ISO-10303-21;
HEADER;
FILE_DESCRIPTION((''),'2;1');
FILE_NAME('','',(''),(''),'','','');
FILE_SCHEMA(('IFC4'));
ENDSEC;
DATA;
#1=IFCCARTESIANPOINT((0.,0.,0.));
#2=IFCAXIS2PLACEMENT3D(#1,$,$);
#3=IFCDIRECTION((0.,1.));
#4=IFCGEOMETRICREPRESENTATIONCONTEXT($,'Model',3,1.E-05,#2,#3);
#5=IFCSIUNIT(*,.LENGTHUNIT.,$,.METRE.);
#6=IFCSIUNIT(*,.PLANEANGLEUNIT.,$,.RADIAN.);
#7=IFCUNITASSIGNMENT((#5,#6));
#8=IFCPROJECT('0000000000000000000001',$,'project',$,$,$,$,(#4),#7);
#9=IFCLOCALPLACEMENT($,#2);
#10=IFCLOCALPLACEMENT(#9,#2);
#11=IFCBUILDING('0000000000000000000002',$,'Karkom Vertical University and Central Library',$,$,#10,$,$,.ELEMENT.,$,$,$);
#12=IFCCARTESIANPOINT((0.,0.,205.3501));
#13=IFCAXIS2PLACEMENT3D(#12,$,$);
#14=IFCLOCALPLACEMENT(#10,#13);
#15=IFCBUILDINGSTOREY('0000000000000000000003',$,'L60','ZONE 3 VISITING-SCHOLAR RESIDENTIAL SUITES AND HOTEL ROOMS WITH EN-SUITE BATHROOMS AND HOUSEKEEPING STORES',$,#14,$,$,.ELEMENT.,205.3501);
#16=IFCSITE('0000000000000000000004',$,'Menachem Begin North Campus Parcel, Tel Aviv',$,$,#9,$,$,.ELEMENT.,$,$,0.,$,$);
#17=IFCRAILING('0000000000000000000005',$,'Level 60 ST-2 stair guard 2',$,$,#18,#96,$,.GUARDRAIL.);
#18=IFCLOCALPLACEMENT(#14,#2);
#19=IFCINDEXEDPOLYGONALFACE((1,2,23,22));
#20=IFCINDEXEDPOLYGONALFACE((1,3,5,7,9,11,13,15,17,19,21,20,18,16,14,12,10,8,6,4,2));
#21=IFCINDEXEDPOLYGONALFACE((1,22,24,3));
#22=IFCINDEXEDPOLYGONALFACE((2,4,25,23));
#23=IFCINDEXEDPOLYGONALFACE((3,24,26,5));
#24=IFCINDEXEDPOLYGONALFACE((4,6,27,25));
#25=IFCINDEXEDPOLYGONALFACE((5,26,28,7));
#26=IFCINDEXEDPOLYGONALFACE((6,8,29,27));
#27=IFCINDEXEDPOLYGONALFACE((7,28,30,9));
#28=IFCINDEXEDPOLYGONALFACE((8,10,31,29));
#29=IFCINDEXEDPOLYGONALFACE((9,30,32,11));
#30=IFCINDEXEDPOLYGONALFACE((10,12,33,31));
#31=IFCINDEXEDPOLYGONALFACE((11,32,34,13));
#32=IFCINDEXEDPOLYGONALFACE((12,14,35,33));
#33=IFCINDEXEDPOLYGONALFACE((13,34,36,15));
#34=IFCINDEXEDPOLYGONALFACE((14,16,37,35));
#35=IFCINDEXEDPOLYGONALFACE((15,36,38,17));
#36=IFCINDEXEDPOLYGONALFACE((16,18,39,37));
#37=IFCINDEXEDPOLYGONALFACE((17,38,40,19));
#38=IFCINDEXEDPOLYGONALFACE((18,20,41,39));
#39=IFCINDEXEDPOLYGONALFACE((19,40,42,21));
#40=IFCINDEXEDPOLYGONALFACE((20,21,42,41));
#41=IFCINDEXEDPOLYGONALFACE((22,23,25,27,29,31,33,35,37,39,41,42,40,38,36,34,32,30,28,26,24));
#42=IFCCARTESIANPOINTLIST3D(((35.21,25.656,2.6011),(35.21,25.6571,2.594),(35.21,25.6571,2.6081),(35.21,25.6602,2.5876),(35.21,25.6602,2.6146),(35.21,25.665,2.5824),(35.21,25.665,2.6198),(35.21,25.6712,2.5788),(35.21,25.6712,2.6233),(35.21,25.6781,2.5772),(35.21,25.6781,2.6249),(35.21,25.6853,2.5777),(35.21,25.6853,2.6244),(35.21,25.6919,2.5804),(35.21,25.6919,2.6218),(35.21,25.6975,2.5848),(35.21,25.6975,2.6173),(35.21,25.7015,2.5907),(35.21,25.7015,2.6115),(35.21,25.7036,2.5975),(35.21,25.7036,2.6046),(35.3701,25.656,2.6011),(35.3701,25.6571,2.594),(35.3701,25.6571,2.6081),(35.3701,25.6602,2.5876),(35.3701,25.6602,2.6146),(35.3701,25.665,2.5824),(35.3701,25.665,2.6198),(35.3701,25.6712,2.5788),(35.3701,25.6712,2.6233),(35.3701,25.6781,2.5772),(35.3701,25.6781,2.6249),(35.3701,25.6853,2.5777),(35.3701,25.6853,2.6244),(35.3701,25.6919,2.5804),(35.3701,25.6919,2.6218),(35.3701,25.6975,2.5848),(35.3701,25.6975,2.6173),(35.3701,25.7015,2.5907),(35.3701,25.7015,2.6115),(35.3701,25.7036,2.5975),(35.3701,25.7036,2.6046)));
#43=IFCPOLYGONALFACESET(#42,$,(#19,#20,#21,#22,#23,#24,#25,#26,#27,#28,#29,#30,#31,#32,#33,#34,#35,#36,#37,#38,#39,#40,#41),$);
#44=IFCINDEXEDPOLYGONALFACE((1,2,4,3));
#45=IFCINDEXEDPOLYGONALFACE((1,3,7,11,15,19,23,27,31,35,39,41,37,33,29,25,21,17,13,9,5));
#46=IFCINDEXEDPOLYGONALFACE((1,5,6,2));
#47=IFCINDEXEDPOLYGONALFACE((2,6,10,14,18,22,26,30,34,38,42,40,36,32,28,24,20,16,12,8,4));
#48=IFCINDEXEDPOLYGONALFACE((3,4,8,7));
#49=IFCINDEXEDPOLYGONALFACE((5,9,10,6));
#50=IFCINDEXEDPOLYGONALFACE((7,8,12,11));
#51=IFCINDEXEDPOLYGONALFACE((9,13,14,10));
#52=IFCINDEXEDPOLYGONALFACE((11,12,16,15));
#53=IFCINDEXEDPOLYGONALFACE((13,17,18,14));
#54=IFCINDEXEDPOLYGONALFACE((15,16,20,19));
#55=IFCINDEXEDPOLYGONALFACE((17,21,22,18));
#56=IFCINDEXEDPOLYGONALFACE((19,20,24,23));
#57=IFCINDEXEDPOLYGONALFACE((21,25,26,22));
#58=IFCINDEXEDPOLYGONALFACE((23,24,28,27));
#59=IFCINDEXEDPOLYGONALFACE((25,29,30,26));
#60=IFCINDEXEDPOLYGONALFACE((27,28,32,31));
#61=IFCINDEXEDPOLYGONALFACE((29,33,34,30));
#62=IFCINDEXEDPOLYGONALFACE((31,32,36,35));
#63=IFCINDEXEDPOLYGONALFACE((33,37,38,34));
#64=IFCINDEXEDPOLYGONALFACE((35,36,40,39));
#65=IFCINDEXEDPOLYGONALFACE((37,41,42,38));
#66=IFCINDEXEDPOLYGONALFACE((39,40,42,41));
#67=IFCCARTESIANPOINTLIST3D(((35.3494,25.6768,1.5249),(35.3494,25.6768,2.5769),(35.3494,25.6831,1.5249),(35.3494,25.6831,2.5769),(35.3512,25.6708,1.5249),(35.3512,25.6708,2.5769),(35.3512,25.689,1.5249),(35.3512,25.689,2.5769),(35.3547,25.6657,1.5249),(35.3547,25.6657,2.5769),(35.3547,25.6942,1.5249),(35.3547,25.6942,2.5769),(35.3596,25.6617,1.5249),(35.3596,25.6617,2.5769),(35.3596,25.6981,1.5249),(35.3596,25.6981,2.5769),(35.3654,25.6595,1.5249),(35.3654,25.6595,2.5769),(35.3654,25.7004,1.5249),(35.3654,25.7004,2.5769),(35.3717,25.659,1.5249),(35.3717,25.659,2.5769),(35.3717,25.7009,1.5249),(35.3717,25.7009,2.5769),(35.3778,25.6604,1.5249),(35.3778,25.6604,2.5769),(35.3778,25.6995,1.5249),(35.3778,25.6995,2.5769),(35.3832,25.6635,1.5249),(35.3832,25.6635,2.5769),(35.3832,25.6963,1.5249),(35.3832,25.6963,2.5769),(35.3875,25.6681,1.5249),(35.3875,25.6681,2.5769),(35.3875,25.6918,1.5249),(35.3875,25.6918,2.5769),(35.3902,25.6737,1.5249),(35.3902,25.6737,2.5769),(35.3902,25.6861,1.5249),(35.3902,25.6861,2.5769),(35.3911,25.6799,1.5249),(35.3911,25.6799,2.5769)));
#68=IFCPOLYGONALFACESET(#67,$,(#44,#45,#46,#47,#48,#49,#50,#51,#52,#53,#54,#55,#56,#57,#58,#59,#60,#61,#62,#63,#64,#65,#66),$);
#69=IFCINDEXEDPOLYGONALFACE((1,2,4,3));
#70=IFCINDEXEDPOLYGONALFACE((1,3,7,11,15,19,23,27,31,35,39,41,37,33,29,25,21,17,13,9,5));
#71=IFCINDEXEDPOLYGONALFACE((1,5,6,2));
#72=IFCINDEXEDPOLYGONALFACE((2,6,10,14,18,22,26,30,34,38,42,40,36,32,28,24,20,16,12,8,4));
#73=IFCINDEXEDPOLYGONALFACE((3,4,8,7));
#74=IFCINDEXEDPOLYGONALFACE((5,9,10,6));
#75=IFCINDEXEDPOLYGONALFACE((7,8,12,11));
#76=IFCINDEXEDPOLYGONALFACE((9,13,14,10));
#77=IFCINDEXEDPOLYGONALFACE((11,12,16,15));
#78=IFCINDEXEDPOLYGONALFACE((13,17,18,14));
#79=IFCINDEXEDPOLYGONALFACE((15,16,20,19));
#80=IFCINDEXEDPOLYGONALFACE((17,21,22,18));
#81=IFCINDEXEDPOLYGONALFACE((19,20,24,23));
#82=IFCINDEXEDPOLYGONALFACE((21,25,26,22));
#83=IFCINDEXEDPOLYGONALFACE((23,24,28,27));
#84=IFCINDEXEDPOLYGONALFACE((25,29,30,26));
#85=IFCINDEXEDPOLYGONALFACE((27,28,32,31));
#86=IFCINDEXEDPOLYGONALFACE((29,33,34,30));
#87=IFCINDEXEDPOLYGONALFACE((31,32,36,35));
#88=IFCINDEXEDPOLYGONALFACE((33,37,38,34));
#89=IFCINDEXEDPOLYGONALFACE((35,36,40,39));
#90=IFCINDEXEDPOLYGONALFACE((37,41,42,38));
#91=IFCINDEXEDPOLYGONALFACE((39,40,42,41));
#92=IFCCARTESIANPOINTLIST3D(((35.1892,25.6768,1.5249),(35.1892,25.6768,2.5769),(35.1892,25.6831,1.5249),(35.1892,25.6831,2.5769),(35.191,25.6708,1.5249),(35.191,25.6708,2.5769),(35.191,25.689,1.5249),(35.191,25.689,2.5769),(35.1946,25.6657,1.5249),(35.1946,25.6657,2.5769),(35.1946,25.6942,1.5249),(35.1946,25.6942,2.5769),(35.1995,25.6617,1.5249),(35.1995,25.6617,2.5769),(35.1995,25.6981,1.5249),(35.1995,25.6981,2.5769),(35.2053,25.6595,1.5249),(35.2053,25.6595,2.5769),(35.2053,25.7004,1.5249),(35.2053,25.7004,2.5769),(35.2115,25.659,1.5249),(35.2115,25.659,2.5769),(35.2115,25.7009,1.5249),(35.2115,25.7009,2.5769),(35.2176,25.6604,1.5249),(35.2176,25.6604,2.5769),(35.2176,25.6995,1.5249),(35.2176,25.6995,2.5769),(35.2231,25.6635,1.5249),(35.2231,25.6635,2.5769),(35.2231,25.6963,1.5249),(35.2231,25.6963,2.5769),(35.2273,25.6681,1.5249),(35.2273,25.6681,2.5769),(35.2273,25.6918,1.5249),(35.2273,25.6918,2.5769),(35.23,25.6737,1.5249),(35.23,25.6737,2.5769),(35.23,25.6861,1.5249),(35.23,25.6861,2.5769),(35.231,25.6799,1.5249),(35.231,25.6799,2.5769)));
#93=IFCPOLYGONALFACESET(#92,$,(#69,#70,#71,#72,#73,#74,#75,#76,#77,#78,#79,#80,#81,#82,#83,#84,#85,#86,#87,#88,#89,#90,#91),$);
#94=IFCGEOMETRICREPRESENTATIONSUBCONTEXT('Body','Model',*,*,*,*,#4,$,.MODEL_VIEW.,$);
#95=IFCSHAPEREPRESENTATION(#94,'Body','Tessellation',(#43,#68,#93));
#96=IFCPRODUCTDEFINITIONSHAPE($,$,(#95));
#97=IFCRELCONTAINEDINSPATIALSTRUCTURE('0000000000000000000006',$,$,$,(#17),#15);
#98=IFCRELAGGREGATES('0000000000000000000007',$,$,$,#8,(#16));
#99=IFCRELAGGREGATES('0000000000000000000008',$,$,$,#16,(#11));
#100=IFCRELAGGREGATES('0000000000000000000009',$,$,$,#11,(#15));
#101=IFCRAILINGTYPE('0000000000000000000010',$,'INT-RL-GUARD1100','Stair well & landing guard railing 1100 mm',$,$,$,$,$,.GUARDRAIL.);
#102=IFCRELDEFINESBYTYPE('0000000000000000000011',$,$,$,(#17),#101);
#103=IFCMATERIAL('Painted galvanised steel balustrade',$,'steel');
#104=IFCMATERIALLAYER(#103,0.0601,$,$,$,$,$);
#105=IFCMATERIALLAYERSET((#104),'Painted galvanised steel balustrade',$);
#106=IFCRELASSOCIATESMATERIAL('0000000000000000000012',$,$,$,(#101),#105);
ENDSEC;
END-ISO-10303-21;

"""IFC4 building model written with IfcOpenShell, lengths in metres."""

from ifc_helpers import new_model, si_unit, direction, frame, origin, origin_2d, place, context, subcontext, project, spatial, circle, extrude, material, layer, layer_set, type_object, element, save


model = new_model("IFC4")

# Units and contexts
model_context = context("Model", 3, precision=1e-05, world=origin(), true_north=direction((0.0, 1.0)))
body_context = subcontext(model_context, "Body", "Model", "MODEL_VIEW")
ifc_project = project(units=[si_unit("LENGTHUNIT", "METRE"), si_unit("PLANEANGLEUNIT", "RADIAN")], contexts=[model_context])

# Site, building, storey
site_placement = place(None, origin())
site = spatial("IfcSite", under=ifc_project, at=site_placement, Name="Menachem Begin North Campus Parcel, Tel Aviv", CompositionType="ELEMENT", RefElevation=0.0)
building_placement = place(site_placement, origin())
building = spatial("IfcBuilding", under=site, at=building_placement, Name="Karkom Vertical University and Central Library", CompositionType="ELEMENT")
storey_placement = place(building_placement, frame((0.0, 0.0, 205.3501)))
storey = spatial("IfcBuildingStorey", under=building, at=storey_placement, Name="L60", Description="ZONE 3 VISITING-SCHOLAR RESIDENTIAL SUITES AND HOTEL ROOMS WITH EN-SUITE BATHROOMS AND HOUSEKEEPING STORES", CompositionType="ELEMENT", Elevation=205.3501)

# Railing
ifc_material_1 = material(Name="Painted galvanised steel balustrade", Category="steel")
ifc_layer_1 = layer(ifc_material_1, 0.0601)
ifc_layer_set_1 = layer_set([ifc_layer_1], Name="Painted galvanised steel balustrade")
railing_type_1 = type_object("IfcRailingType", Name="INT-RL-GUARD1100", Description="Stair well & landing guard railing 1100 mm", PredefinedType="GUARDRAIL", material=ifc_layer_set_1)
railing_1_placement = place(storey_placement, frame((35.3701, 25.6799, 1.5249)))
element("IfcRailing", 1, at=railing_1_placement, inside=storey, type_object=railing_type_1, Name="Level 60 ST-2 stair guard 2", PredefinedType="GUARDRAIL", context=body_context, shape_type="SweptSolid", body=[
    extrude(circle(Radius=0.0239, at=origin_2d()), frame((0.0, 0.0, 1.0762), z_axis=(-1.0, 0.0, 0.0), x_axis=(0.0, -1.0, 0.0)), (0.0, 0.0, 1.0), 0.1602),
    extrude(circle(Radius=0.021, at=origin_2d()), origin(), (0.0, 0.0, 1.0), 1.052),
    extrude(circle(Radius=0.021, at=origin_2d()), frame((-0.1602, 0.0, 0.0)), (0.0, 0.0, 1.0), 1.052),
])

save(model, "model.ifc")
